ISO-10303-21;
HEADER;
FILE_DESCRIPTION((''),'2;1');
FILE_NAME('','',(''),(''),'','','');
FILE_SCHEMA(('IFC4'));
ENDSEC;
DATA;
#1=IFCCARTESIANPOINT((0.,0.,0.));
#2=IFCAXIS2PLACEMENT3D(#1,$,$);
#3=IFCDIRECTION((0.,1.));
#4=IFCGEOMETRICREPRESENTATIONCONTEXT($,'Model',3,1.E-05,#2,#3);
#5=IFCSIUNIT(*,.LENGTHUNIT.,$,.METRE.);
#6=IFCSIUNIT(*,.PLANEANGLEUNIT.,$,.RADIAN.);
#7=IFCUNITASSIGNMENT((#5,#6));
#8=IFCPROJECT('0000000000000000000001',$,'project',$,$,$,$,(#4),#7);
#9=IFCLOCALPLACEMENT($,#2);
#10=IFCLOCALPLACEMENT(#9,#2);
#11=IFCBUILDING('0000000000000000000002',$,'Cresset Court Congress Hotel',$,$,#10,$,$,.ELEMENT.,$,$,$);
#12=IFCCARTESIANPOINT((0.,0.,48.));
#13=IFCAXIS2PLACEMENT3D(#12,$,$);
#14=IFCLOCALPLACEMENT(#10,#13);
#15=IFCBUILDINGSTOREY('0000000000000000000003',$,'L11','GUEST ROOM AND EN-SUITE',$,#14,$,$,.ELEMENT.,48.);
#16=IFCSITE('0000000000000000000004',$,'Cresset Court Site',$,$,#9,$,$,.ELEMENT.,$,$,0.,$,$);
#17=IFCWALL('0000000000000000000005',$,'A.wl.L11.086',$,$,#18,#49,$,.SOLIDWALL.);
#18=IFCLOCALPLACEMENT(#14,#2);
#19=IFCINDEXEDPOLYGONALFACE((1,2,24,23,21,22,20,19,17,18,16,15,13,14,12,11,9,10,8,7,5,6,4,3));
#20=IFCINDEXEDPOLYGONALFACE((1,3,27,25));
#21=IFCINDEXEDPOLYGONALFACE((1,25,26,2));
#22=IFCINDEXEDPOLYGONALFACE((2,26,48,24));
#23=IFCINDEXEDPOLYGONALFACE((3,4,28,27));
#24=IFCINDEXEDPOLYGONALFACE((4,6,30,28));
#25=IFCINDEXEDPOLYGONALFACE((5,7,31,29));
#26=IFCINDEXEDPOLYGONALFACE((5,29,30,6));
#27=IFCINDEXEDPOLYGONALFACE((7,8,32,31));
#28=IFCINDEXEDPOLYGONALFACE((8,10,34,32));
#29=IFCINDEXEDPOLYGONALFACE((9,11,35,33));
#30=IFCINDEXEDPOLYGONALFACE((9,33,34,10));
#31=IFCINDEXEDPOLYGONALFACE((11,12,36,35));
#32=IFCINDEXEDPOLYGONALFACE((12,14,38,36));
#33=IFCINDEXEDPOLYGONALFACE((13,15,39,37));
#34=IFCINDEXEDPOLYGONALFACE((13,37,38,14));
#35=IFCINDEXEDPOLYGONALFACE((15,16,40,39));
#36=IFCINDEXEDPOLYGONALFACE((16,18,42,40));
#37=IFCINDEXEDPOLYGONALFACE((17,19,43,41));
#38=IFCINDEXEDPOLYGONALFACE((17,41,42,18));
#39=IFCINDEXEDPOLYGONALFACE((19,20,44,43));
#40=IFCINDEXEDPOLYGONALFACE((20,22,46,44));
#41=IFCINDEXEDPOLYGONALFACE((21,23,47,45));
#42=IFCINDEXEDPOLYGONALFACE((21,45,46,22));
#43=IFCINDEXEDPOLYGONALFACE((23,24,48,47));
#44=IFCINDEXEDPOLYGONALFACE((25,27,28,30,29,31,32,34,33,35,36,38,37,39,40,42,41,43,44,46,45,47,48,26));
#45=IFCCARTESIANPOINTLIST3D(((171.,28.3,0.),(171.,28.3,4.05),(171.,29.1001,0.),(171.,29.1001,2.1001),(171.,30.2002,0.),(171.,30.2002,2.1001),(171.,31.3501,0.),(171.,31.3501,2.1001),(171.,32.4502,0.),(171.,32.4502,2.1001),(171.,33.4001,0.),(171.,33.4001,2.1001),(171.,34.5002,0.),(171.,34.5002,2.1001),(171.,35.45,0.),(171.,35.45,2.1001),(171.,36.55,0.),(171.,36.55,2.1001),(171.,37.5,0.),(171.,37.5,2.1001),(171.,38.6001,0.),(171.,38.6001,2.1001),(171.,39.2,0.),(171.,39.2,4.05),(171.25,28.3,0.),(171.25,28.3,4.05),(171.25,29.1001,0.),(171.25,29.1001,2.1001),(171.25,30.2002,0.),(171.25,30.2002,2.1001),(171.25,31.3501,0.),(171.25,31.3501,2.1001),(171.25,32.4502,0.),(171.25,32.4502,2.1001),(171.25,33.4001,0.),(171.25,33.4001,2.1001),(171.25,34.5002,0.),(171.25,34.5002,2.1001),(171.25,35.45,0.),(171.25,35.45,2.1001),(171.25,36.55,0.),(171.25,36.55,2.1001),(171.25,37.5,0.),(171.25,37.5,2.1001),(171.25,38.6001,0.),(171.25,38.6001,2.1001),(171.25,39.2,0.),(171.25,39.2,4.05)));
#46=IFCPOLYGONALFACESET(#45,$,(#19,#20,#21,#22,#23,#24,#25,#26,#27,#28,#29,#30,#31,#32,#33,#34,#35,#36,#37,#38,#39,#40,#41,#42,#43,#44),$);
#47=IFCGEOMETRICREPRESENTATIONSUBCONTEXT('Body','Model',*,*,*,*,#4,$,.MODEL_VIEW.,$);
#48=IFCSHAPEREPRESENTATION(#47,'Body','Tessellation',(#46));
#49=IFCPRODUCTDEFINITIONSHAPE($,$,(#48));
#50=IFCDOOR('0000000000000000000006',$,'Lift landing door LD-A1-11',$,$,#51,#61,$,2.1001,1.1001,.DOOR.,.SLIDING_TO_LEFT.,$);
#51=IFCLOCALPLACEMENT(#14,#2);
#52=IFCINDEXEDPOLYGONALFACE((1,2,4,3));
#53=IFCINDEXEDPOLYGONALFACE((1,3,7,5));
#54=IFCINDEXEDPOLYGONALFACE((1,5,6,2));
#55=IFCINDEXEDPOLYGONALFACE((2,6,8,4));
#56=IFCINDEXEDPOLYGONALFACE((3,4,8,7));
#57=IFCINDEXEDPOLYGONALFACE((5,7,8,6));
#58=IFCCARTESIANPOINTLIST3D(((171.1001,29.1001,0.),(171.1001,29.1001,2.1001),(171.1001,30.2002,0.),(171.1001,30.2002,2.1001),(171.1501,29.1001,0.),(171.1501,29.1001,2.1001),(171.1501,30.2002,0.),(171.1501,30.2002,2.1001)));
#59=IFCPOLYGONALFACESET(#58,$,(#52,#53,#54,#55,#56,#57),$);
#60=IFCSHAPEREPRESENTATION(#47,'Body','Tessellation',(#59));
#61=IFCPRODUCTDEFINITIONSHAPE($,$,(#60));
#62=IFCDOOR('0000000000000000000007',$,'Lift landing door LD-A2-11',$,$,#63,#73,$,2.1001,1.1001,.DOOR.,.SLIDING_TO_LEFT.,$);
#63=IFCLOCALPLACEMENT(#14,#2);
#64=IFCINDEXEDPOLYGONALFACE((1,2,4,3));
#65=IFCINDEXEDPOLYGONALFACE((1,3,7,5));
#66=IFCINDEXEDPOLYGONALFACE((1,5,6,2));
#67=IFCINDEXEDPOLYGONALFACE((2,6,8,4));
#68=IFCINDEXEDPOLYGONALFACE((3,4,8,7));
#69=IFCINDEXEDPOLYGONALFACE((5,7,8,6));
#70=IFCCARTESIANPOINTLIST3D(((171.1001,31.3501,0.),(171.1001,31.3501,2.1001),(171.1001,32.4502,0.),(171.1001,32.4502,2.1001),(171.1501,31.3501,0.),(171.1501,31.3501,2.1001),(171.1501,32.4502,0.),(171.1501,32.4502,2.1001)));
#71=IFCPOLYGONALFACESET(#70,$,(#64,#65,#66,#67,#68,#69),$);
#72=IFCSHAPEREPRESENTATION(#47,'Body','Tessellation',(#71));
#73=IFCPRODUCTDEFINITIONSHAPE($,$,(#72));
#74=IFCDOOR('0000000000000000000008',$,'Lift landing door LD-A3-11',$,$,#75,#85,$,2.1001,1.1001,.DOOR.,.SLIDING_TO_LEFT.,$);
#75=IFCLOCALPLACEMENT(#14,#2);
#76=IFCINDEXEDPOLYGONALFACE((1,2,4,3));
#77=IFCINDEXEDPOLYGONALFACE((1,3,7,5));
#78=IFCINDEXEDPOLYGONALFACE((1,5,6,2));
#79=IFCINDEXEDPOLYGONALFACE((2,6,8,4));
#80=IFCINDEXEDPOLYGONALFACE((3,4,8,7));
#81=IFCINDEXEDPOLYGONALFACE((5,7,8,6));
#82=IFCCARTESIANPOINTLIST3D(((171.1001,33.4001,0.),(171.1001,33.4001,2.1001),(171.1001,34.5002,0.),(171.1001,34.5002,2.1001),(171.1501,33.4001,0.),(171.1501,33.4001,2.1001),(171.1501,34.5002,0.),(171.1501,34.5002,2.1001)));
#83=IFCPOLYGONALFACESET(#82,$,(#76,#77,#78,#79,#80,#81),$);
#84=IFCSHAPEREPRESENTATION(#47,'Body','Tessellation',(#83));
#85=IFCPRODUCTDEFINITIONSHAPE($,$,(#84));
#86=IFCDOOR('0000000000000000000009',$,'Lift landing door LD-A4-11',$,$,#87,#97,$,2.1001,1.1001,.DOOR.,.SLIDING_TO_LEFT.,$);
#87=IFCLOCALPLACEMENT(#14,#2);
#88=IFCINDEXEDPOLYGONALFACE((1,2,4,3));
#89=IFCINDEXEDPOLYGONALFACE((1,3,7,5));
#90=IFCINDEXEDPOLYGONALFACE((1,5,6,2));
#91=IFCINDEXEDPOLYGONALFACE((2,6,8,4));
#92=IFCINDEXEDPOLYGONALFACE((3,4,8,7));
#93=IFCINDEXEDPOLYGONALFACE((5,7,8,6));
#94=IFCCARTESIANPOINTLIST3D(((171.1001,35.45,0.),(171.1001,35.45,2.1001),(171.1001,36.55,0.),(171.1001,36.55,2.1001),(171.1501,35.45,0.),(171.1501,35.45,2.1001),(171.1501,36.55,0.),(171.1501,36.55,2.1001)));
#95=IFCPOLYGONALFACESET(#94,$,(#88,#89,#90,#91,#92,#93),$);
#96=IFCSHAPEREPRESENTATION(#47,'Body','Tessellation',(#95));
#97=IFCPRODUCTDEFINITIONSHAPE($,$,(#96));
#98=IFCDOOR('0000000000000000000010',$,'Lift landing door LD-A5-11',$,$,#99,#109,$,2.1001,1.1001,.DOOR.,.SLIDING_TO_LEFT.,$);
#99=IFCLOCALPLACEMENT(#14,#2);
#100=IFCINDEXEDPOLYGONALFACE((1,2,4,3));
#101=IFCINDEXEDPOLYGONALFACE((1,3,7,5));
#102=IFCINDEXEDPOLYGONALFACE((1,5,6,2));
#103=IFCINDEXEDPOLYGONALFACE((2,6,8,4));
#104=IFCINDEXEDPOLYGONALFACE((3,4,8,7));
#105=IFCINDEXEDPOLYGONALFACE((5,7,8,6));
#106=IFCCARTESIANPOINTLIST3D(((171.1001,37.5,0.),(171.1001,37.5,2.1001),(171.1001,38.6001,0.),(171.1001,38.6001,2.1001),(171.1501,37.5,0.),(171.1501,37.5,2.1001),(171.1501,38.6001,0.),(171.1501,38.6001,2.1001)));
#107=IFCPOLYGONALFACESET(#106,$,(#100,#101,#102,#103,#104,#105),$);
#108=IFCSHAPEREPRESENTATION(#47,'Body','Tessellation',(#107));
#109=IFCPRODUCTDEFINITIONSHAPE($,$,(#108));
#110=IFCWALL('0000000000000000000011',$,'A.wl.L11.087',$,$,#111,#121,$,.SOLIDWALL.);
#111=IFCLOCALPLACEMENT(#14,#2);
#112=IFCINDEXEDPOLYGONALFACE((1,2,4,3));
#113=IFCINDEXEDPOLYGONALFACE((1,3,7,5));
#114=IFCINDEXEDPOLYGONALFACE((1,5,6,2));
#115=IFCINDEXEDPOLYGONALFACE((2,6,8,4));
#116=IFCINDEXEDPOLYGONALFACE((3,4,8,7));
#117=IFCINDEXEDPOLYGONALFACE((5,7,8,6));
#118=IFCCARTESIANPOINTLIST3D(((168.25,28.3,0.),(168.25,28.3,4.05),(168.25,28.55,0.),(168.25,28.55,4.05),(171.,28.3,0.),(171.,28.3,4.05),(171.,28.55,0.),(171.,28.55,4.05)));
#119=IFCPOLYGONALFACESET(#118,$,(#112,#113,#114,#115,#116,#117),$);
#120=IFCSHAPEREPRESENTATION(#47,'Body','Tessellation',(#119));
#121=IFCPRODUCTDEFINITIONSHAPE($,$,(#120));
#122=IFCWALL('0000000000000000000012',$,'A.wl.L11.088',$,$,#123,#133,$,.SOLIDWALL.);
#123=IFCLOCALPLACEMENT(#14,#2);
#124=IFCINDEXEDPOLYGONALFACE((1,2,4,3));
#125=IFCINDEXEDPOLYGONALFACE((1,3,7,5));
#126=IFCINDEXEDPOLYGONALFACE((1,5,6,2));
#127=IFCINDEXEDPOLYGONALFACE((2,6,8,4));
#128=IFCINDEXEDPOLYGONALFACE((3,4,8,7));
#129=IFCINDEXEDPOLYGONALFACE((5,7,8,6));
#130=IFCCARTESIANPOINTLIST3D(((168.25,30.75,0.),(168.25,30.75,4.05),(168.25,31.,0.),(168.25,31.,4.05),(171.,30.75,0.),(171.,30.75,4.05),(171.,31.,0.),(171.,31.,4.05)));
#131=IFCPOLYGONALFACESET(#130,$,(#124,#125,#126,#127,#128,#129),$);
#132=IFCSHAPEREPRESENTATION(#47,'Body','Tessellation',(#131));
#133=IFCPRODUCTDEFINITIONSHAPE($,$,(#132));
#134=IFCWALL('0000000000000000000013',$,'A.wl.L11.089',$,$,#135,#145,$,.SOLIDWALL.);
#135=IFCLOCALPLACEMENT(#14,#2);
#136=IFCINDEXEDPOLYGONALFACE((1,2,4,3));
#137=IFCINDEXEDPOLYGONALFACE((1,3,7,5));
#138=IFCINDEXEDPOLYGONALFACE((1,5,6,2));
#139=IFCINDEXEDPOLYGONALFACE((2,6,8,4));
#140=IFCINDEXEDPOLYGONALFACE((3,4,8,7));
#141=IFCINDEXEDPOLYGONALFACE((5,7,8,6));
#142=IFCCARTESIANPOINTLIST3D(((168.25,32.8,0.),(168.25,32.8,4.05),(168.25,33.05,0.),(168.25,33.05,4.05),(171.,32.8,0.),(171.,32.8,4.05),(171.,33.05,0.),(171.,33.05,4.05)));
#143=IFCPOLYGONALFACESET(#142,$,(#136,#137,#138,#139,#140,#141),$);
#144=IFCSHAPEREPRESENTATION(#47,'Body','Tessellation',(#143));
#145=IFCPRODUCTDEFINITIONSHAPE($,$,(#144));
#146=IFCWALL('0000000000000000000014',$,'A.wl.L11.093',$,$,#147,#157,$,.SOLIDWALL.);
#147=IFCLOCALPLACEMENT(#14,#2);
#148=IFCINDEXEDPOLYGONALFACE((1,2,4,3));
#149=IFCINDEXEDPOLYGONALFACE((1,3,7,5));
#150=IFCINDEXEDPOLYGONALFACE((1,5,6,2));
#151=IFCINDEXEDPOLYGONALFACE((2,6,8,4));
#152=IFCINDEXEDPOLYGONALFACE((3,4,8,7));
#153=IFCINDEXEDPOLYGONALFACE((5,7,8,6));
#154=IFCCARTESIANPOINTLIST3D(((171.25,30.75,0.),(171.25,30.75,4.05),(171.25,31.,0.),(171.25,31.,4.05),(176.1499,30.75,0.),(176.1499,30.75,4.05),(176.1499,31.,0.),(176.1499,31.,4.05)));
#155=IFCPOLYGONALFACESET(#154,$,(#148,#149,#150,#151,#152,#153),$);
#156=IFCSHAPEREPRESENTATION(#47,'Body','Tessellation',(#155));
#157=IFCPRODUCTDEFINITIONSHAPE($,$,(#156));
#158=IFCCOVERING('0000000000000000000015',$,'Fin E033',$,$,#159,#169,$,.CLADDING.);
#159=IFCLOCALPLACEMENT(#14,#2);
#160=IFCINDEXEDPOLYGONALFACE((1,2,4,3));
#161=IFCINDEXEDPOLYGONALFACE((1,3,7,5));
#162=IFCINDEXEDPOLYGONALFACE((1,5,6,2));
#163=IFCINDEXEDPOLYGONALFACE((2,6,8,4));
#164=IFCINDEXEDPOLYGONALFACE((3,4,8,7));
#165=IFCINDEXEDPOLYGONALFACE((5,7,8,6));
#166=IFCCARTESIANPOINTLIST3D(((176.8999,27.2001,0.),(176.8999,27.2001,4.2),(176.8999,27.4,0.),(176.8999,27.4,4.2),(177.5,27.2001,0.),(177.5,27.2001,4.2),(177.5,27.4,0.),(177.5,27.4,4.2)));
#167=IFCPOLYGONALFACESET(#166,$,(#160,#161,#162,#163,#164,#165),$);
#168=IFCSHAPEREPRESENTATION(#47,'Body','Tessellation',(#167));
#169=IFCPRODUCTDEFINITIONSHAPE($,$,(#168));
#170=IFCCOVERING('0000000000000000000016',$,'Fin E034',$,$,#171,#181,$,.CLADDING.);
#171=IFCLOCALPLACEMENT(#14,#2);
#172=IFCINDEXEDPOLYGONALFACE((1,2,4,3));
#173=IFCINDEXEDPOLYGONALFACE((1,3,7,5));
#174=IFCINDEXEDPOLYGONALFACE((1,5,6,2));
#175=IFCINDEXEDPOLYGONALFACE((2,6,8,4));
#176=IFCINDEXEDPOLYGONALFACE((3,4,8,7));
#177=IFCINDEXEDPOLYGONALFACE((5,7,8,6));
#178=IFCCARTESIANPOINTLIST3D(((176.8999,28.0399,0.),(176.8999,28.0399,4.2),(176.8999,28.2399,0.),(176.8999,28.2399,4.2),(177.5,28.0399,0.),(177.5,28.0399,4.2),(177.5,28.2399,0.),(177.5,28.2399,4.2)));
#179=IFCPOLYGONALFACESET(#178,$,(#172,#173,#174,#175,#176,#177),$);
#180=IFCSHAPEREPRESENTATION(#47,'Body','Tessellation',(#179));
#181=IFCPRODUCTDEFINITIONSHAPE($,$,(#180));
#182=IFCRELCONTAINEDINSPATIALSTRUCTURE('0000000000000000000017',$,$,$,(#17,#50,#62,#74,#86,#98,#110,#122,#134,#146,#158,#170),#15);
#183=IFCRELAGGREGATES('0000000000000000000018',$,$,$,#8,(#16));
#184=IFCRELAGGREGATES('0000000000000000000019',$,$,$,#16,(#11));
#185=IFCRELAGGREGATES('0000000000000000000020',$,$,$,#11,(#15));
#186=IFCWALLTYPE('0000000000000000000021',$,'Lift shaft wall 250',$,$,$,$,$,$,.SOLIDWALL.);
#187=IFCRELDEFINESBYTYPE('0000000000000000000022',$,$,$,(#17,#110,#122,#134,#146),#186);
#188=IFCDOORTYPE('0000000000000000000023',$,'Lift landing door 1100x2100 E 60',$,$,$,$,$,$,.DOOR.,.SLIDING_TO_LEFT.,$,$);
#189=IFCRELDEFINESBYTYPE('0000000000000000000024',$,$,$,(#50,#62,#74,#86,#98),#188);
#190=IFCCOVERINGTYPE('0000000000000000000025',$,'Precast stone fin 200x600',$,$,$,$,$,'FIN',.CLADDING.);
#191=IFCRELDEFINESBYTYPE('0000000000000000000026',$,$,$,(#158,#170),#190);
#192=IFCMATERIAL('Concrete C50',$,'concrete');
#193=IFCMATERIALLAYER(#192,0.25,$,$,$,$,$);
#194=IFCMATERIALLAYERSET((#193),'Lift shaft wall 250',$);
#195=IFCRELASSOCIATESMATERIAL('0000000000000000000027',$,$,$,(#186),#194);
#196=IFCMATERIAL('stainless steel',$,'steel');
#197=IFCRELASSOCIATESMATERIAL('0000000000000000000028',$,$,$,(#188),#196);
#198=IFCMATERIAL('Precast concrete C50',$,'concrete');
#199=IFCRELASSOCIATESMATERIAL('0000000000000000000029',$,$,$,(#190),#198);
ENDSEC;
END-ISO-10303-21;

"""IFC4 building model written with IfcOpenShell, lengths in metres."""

from ifc_helpers import new_model, si_unit, direction, frame, frame_2d, origin, origin_2d, place, context, subcontext, project, spatial, rectangle, extrude, material, layer, layer_set, type_object, element, fill, save


model = new_model("IFC4")

# Units and contexts
model_context = context("Model", 3, precision=1e-05, world=origin(), true_north=direction((0.0, 1.0)))
body_context = subcontext(model_context, "Body", "Model", "MODEL_VIEW")
ifc_project = project(units=[si_unit("LENGTHUNIT", "METRE"), si_unit("PLANEANGLEUNIT", "RADIAN")], contexts=[model_context])

# Site, building, storey
site_placement = place(None, origin())
site = spatial("IfcSite", under=ifc_project, at=site_placement, Name="Cresset Court Site", CompositionType="ELEMENT", RefElevation=0.0)
building_placement = place(site_placement, origin())
building = spatial("IfcBuilding", under=site, at=building_placement, Name="Cresset Court Congress Hotel", CompositionType="ELEMENT")
storey_placement = place(building_placement, frame((0.0, 0.0, 48.0)))
storey = spatial("IfcBuildingStorey", under=building, at=storey_placement, Name="L11", Description="GUEST ROOM AND EN-SUITE", CompositionType="ELEMENT", Elevation=48.0)

# Wall, openings, doors
ifc_material_1 = material(Name="Concrete C50", Category="concrete")
ifc_layer = layer(ifc_material_1, 0.25)
ifc_layer_set = layer_set([ifc_layer], Name="Lift shaft wall 250")
wall_type = type_object("IfcWallType", Name="Lift shaft wall 250", PredefinedType="SOLIDWALL", material=ifc_layer_set)
wall_1_placement = place(storey_placement, frame((171.125, 28.3, 0.0), z_axis=(0.0, 0.0, 1.0), x_axis=(0.0, 1.0, 0.0)))
wall_1 = element("IfcWall", 1, at=wall_1_placement, inside=storey, type_object=wall_type, Name="A.wl.L11.086", PredefinedType="SOLIDWALL", context=body_context, shape_type="SweptSolid", body=[
    extrude(rectangle(XDim=10.8999, YDim=0.25, at=frame_2d((5.45, 0.0))), origin(), (0.0, 0.0, 1.0), 4.05),
])
opening_1_placement = place(wall_1_placement, frame((0.8, 0.0, 0.0)))
opening_1 = element("IfcOpeningElement", 2, at=opening_1_placement, cuts=wall_1, PredefinedType="OPENING", context=body_context, shape_type="SweptSolid", body=[
    extrude(rectangle(XDim=1.1001, YDim=2.1001, at=frame_2d((0.55, 1.05))), frame((0.0, 0.135, 0.0), z_axis=(0.0, -1.0, 0.0), x_axis=(1.0, 0.0, 0.0)), (0.0, 0.0, 1.0), 0.27),
])
opening_2_placement = place(wall_1_placement, frame((3.05, 0.0, 0.0)))
opening_2 = element("IfcOpeningElement", 3, at=opening_2_placement, cuts=wall_1, PredefinedType="OPENING", context=body_context, shape_type="SweptSolid", body=[
    extrude(rectangle(XDim=1.1001, YDim=2.1001, at=frame_2d((0.55, 1.05))), frame((0.0, 0.135, 0.0), z_axis=(0.0, -1.0, 0.0), x_axis=(1.0, 0.0, 0.0)), (0.0, 0.0, 1.0), 0.27),
])
opening_3_placement = place(wall_1_placement, frame((5.1001, 0.0, 0.0)))
opening_3 = element("IfcOpeningElement", 4, at=opening_3_placement, cuts=wall_1, PredefinedType="OPENING", context=body_context, shape_type="SweptSolid", body=[
    extrude(rectangle(XDim=1.1001, YDim=2.1001, at=frame_2d((0.55, 1.05))), frame((0.0, 0.135, 0.0), z_axis=(0.0, -1.0, 0.0), x_axis=(1.0, 0.0, 0.0)), (0.0, 0.0, 1.0), 0.27),
])
opening_4_placement = place(wall_1_placement, frame((7.1499, 0.0, 0.0)))
opening_4 = element("IfcOpeningElement", 5, at=opening_4_placement, cuts=wall_1, PredefinedType="OPENING", context=body_context, shape_type="SweptSolid", body=[
    extrude(rectangle(XDim=1.1001, YDim=2.1001, at=frame_2d((0.55, 1.05))), frame((0.0, 0.135, 0.0), z_axis=(0.0, -1.0, 0.0), x_axis=(1.0, 0.0, 0.0)), (0.0, 0.0, 1.0), 0.27),
])
opening_5_placement = place(wall_1_placement, frame((9.2, 0.0, 0.0)))
opening_5 = element("IfcOpeningElement", 6, at=opening_5_placement, cuts=wall_1, PredefinedType="OPENING", context=body_context, shape_type="SweptSolid", body=[
    extrude(rectangle(XDim=1.1001, YDim=2.1001, at=frame_2d((0.55, 1.05))), frame((0.0, 0.135, 0.0), z_axis=(0.0, -1.0, 0.0), x_axis=(1.0, 0.0, 0.0)), (0.0, 0.0, 1.0), 0.27),
])
ifc_material_2 = material(Name="stainless steel", Category="steel")
door_type = type_object("IfcDoorType", Name="Lift landing door 1100x2100 E 60", OperationType="SLIDING_TO_LEFT", PredefinedType="DOOR", material=ifc_material_2)
door_1_placement = place(opening_1_placement, origin())
door_1 = element("IfcDoor", 7, at=door_1_placement, inside=storey, type_object=door_type, Name="Lift landing door LD-A1-11", OperationType="SLIDING_TO_LEFT", OverallHeight=2.1001, OverallWidth=1.1001, PredefinedType="DOOR", context=body_context, shape_type="SweptSolid", body=[
    extrude(rectangle(XDim=1.1001, YDim=2.1001, at=frame_2d((0.55, 1.05))), frame((0.0, 0.0249, 0.0), z_axis=(0.0, -1.0, 0.0), x_axis=(1.0, 0.0, 0.0)), (0.0, 0.0, 1.0), 0.05),
])
fill(opening_1, door_1)
door_2_placement = place(opening_2_placement, origin())
door_2 = element("IfcDoor", 8, at=door_2_placement, inside=storey, type_object=door_type, Name="Lift landing door LD-A2-11", OperationType="SLIDING_TO_LEFT", OverallHeight=2.1001, OverallWidth=1.1001, PredefinedType="DOOR", context=body_context, shape_type="SweptSolid", body=[
    extrude(rectangle(XDim=1.1001, YDim=2.1001, at=frame_2d((0.55, 1.05))), frame((0.0, 0.0249, 0.0), z_axis=(0.0, -1.0, 0.0), x_axis=(1.0, 0.0, 0.0)), (0.0, 0.0, 1.0), 0.05),
])
fill(opening_2, door_2)
door_3_placement = place(opening_3_placement, origin())
door_3 = element("IfcDoor", 9, at=door_3_placement, inside=storey, type_object=door_type, Name="Lift landing door LD-A3-11", OperationType="SLIDING_TO_LEFT", OverallHeight=2.1001, OverallWidth=1.1001, PredefinedType="DOOR", context=body_context, shape_type="SweptSolid", body=[
    extrude(rectangle(XDim=1.1001, YDim=2.1001, at=frame_2d((0.55, 1.05))), frame((0.0, 0.0249, 0.0), z_axis=(0.0, -1.0, 0.0), x_axis=(1.0, 0.0, 0.0)), (0.0, 0.0, 1.0), 0.05),
])
fill(opening_3, door_3)
door_4_placement = place(opening_4_placement, origin())
door_4 = element("IfcDoor", 10, at=door_4_placement, inside=storey, type_object=door_type, Name="Lift landing door LD-A4-11", OperationType="SLIDING_TO_LEFT", OverallHeight=2.1001, OverallWidth=1.1001, PredefinedType="DOOR", context=body_context, shape_type="SweptSolid", body=[
    extrude(rectangle(XDim=1.1001, YDim=2.1001, at=frame_2d((0.55, 1.05))), frame((0.0, 0.0249, 0.0), z_axis=(0.0, -1.0, 0.0), x_axis=(1.0, 0.0, 0.0)), (0.0, 0.0, 1.0), 0.05),
])
fill(opening_4, door_4)
door_5_placement = place(opening_5_placement, origin())
door_5 = element("IfcDoor", 11, at=door_5_placement, inside=storey, type_object=door_type, Name="Lift landing door LD-A5-11", OperationType="SLIDING_TO_LEFT", OverallHeight=2.1001, OverallWidth=1.1001, PredefinedType="DOOR", context=body_context, shape_type="SweptSolid", body=[
    extrude(rectangle(XDim=1.1001, YDim=2.1001, at=frame_2d((0.55, 1.05))), frame((0.0, 0.0249, 0.0), z_axis=(0.0, -1.0, 0.0), x_axis=(1.0, 0.0, 0.0)), (0.0, 0.0, 1.0), 0.05),
])
fill(opening_5, door_5)

# Walls
for number, where, z_axis, x_axis, name in (
    (12, (168.25, 28.425, 0.0), (0.0, 0.0, 1.0), (1.0, 0.0, 0.0), "A.wl.L11.087"),
    (13, (168.25, 30.875, 0.0), (0.0, 0.0, 1.0), (1.0, 0.0, 0.0), "A.wl.L11.088"),
    (14, (168.25, 32.925, 0.0), (0.0, 0.0, 1.0), (1.0, 0.0, 0.0), "A.wl.L11.089"),
):
    element("IfcWall", number, at=place(storey_placement, frame(where, z_axis=z_axis, x_axis=x_axis)), inside=storey, type_object=wall_type, Name=name, PredefinedType="SOLIDWALL", context=body_context, shape_type="SweptSolid", body=[
        extrude(rectangle(XDim=2.75, YDim=0.25, at=frame_2d((1.375, 0.0))), origin(), (0.0, 0.0, 1.0), 4.05),
    ])
wall_2_placement = place(storey_placement, frame((171.25, 30.875, 0.0), z_axis=(0.0, 0.0, 1.0), x_axis=(1.0, 0.0, 0.0)))
element("IfcWall", 15, at=wall_2_placement, inside=storey, type_object=wall_type, Name="A.wl.L11.093", PredefinedType="SOLIDWALL", context=body_context, shape_type="SweptSolid", body=[
    extrude(rectangle(XDim=4.8999, YDim=0.25, at=frame_2d((2.45, 0.0))), origin(), (0.0, 0.0, 1.0), 4.05),
])

# Coverings
ifc_material_3 = material(Name="Precast concrete C50", Category="concrete")
covering_type_1 = type_object("IfcCoveringType", Name="Precast stone fin 200x600", ElementType="FIN", PredefinedType="CLADDING", material=ifc_material_3)
for number, where, z_axis, x_axis, name in (
    (16, (177.2, 27.3, 0.0), (0.0, 0.0, 1.0), (1.0, 0.0, 0.0), "Fin E033"),
    (17, (177.2, 28.1399, 0.0), (0.0, 0.0, 1.0), (1.0, 0.0, 0.0), "Fin E034"),
):
    element("IfcCovering", number, at=place(storey_placement, frame(where, z_axis=z_axis, x_axis=x_axis)), inside=storey, type_object=covering_type_1, Name=name, PredefinedType="CLADDING", context=body_context, shape_type="SweptSolid", body=[
        extrude(rectangle(XDim=0.6001, YDim=0.2, at=origin_2d()), origin(), (0.0, 0.0, 1.0), 4.2),
    ])

save(model, "model.ifc")
